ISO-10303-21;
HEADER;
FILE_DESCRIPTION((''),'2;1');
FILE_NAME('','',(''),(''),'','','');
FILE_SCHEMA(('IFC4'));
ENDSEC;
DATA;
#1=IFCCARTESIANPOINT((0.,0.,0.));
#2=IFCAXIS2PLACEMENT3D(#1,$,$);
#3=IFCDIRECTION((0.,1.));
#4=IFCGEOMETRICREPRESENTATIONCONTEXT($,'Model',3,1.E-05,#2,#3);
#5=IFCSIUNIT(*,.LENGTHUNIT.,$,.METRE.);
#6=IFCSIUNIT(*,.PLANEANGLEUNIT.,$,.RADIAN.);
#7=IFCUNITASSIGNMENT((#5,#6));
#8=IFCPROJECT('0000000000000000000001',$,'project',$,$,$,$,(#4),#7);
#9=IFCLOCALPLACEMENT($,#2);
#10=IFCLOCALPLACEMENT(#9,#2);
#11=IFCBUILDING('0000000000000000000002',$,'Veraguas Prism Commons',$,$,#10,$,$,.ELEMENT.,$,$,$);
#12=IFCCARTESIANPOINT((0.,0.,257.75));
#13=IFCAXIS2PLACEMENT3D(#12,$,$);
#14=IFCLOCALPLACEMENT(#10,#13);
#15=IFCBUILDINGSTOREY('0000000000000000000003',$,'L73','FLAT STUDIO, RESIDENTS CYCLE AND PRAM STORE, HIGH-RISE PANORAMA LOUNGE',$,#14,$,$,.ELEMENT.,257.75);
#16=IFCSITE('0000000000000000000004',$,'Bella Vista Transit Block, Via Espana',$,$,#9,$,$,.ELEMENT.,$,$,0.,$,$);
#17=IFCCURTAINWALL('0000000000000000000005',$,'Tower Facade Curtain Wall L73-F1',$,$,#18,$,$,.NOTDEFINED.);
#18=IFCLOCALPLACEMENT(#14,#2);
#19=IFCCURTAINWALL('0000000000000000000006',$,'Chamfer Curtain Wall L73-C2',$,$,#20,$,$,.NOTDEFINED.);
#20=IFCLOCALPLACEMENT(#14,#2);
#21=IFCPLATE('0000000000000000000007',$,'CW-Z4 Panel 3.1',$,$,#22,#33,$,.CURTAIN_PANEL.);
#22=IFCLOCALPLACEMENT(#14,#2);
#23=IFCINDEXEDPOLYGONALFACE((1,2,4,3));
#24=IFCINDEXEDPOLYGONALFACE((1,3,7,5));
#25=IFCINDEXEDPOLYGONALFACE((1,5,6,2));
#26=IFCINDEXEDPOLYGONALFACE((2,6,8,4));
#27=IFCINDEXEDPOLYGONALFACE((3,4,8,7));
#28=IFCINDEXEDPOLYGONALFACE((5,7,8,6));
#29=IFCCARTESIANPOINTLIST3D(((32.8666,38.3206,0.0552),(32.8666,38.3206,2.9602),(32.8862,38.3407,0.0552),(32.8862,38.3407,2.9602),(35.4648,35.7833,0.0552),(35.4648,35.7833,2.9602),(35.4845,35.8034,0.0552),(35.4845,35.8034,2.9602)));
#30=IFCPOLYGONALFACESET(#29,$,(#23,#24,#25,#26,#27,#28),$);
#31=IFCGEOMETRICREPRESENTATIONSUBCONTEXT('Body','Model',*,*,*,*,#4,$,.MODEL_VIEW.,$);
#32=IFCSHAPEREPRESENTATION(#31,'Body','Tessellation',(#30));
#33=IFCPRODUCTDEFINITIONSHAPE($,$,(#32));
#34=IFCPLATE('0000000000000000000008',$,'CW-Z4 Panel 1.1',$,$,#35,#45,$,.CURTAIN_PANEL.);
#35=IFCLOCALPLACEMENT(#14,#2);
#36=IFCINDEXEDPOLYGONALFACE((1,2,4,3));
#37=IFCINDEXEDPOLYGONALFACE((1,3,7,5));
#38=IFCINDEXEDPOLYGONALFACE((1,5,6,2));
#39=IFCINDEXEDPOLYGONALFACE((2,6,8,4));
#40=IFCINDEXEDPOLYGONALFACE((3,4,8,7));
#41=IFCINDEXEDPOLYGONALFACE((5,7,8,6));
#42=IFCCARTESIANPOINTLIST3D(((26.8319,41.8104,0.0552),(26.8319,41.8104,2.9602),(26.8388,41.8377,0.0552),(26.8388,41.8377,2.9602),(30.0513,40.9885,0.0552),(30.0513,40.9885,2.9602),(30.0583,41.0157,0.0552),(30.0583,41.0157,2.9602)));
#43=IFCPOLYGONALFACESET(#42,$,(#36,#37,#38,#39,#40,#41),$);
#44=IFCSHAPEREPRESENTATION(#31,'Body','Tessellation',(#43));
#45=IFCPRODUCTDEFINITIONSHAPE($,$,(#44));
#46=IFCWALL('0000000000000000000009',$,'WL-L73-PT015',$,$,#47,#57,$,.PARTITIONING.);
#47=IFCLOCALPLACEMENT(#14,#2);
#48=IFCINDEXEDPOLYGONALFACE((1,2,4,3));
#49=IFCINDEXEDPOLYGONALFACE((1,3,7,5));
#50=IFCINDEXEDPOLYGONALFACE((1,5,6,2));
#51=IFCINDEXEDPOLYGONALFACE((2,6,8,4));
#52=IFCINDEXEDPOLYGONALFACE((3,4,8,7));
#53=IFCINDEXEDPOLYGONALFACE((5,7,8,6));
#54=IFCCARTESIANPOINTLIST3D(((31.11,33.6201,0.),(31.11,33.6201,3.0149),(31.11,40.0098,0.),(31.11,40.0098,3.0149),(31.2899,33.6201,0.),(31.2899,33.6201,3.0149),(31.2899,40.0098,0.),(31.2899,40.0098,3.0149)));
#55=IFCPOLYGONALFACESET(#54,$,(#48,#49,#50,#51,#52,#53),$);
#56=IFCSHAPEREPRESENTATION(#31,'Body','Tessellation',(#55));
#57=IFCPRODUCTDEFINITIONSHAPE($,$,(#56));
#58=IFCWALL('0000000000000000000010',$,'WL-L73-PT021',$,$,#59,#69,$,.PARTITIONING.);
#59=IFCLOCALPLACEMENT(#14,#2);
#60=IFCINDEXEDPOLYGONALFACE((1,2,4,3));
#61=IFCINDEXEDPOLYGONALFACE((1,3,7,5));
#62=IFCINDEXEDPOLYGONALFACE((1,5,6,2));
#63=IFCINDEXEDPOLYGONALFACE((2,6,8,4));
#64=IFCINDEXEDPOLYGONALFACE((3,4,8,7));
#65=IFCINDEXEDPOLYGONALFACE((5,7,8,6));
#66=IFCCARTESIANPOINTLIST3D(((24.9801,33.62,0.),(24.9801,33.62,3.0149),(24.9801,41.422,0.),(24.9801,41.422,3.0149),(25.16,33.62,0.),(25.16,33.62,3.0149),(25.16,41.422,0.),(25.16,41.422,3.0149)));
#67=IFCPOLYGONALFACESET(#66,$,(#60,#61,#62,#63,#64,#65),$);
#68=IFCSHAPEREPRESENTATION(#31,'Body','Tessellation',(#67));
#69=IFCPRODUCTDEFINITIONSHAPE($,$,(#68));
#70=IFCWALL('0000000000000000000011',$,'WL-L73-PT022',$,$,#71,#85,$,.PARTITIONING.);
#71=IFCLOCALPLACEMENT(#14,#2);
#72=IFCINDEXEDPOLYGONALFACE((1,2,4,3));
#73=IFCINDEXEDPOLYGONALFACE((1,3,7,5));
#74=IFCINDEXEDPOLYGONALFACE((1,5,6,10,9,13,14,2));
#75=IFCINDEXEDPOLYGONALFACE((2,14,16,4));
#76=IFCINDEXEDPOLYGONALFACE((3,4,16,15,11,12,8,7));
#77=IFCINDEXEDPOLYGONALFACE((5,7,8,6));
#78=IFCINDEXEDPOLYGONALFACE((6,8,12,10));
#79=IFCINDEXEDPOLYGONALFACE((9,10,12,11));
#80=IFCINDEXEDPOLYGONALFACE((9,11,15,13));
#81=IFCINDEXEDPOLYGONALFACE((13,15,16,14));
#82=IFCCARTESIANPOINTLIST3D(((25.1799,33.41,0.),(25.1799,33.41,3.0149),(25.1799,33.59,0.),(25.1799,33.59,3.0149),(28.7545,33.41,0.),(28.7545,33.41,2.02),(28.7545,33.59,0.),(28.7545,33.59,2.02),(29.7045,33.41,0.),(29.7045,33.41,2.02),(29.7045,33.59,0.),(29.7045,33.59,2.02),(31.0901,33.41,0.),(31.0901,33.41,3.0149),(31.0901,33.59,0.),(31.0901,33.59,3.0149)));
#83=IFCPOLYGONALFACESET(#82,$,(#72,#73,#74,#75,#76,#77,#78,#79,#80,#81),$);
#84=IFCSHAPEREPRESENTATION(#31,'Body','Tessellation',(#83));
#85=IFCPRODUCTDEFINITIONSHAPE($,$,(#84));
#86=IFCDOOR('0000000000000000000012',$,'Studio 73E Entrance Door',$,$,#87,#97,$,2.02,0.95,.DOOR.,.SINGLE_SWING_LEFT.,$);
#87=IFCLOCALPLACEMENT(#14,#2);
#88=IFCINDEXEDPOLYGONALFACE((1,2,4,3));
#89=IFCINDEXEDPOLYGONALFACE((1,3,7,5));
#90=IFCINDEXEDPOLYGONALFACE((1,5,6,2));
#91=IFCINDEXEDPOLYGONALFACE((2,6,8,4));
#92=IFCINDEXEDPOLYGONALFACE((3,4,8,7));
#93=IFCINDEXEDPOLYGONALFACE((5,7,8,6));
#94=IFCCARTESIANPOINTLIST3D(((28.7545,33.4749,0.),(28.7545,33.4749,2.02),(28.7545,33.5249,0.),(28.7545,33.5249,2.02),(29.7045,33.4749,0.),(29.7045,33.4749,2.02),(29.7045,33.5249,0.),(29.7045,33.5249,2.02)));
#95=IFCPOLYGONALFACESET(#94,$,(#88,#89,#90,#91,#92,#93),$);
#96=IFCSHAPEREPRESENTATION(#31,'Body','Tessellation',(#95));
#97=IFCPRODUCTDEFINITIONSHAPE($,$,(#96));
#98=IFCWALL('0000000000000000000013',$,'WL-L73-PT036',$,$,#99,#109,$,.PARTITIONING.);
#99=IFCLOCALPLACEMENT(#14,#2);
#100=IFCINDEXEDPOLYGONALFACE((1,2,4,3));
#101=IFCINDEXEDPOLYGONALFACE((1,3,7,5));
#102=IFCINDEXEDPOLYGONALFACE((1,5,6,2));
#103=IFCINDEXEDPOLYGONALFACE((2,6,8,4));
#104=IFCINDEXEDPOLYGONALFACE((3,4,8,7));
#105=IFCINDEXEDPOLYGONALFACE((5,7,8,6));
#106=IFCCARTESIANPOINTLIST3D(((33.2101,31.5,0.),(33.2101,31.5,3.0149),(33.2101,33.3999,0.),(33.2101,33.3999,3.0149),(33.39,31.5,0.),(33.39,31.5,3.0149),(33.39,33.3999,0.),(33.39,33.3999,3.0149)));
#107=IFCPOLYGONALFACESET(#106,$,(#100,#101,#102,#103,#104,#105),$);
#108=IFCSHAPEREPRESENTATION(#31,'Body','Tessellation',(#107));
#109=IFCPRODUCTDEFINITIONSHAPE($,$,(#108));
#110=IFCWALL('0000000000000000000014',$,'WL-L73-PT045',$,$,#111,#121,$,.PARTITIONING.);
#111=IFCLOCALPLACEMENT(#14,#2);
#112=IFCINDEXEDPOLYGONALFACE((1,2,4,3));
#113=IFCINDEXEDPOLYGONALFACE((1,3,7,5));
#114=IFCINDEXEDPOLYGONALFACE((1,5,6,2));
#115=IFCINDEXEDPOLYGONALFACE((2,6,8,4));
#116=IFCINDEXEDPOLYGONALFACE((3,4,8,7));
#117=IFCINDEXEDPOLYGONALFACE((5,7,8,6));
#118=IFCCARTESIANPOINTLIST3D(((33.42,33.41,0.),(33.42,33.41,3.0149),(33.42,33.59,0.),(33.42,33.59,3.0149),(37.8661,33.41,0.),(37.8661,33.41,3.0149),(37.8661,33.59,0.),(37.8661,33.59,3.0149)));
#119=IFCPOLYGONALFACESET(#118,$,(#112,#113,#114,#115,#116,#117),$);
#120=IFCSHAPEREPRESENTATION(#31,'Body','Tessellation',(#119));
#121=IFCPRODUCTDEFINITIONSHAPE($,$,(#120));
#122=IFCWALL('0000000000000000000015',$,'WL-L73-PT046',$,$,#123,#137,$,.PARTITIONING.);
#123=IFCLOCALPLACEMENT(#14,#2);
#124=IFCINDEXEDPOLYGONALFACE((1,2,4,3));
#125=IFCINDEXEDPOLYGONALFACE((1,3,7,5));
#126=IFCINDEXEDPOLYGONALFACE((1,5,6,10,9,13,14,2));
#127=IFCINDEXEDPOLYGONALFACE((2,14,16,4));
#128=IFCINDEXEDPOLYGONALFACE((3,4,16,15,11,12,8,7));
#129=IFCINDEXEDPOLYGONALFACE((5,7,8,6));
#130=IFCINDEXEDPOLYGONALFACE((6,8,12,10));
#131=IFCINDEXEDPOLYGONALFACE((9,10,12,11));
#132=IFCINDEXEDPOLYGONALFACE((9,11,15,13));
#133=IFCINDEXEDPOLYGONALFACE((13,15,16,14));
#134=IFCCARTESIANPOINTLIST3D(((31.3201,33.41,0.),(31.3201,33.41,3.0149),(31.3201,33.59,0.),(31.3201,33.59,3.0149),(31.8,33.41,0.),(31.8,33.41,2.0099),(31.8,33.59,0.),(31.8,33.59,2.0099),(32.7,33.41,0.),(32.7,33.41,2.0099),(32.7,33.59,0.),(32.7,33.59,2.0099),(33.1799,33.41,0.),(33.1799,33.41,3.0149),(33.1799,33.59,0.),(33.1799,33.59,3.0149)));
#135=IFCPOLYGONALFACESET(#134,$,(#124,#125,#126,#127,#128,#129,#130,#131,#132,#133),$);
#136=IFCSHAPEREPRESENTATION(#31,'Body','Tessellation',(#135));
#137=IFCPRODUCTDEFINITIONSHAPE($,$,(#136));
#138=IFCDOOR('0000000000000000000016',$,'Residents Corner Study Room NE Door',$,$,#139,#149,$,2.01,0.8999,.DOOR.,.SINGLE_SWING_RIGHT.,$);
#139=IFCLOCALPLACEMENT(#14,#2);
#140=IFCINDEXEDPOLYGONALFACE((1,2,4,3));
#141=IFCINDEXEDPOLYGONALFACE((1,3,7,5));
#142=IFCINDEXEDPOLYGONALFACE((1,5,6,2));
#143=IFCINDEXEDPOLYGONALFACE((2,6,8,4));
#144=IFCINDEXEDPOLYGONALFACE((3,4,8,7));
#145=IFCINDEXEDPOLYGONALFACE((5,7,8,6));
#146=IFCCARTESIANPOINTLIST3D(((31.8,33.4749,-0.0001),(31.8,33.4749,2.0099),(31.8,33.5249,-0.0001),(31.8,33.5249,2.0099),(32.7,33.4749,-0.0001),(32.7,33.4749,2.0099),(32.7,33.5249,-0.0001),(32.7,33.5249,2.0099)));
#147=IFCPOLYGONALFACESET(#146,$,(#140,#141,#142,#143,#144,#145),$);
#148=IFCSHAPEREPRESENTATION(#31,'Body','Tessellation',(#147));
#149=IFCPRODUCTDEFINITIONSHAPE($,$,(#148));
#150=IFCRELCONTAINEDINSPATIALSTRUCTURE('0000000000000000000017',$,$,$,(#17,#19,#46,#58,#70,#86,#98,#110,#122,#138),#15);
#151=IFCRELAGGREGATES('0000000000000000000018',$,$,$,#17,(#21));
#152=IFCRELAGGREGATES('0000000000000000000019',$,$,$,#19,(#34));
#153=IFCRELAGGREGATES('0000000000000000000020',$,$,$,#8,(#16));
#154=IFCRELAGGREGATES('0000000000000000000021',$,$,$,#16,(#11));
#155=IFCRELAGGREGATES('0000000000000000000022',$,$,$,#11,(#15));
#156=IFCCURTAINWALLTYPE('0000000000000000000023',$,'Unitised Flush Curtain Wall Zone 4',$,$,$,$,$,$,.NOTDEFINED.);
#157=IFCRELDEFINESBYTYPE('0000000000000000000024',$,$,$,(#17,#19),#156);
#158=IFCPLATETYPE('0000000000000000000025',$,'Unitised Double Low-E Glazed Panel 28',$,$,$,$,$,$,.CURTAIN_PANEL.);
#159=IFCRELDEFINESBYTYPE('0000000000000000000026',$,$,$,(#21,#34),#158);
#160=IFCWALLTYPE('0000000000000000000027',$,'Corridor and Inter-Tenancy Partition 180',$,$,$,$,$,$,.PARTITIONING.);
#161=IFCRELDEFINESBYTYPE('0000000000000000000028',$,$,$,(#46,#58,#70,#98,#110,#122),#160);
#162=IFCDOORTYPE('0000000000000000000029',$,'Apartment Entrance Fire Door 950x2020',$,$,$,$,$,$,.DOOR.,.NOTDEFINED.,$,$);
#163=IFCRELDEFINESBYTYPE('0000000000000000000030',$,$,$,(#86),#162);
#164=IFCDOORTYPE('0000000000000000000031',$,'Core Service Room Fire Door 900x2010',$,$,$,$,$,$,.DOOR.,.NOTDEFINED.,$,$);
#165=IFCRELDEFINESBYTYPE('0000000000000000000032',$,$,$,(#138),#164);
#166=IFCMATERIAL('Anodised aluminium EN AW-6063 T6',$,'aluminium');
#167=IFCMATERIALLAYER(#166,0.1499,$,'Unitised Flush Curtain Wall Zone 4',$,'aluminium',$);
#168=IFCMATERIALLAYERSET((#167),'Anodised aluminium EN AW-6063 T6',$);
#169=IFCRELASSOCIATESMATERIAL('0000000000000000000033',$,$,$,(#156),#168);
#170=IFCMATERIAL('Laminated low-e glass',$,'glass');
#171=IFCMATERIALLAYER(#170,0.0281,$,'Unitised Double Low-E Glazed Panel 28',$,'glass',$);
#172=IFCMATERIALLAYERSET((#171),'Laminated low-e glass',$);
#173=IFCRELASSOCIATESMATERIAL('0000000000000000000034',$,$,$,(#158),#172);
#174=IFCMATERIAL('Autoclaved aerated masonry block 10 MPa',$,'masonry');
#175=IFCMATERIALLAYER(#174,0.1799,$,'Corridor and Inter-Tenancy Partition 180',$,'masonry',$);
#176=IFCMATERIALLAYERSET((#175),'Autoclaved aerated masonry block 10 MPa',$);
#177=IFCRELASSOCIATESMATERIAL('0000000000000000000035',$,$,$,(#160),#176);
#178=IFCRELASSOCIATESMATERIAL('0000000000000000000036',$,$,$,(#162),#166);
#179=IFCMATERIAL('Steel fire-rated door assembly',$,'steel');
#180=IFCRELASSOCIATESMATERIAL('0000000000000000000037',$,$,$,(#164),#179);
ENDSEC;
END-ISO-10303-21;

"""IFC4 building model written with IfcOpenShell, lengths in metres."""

from ifc_helpers import new_model, si_unit, direction, frame, frame_2d, origin, origin_2d, place, context, subcontext, project, spatial, rectangle, extrude, source, transform, mapped, material, layer, layer_set, type_object, element, fill, aggregate, save


model = new_model("IFC4")

# Units and contexts
model_context = context("Model", 3, precision=1e-05, world=origin(), true_north=direction((0.0, 1.0)))
body_context = subcontext(model_context, "Body", "Model", "MODEL_VIEW")
ifc_project = project(units=[si_unit("LENGTHUNIT", "METRE"), si_unit("PLANEANGLEUNIT", "RADIAN")], contexts=[model_context])

# Site, building, storey
site_placement = place(None, origin())
site = spatial("IfcSite", under=ifc_project, at=site_placement, Name="Bella Vista Transit Block, Via Espana", CompositionType="ELEMENT", RefElevation=0.0)
building_placement = place(site_placement, origin())
building = spatial("IfcBuilding", under=site, at=building_placement, Name="Veraguas Prism Commons", CompositionType="ELEMENT")
storey_placement = place(building_placement, frame((0.0, 0.0, 257.75)))
storey = spatial("IfcBuildingStorey", under=building, at=storey_placement, Name="L73", Description="FLAT STUDIO, RESIDENTS CYCLE AND PRAM STORE, HIGH-RISE PANORAMA LOUNGE", CompositionType="ELEMENT", Elevation=257.75)

# Curtain wall
ifc_material_1 = material(Name="Anodised aluminium EN AW-6063 T6", Category="aluminium")
ifc_layer_1 = layer(ifc_material_1, 0.1499, Name="Unitised Flush Curtain Wall Zone 4", Category="aluminium")
ifc_layer_set_1 = layer_set([ifc_layer_1], Name="Anodised aluminium EN AW-6063 T6")
curtain_wall_type = type_object("IfcCurtainWallType", Name="Unitised Flush Curtain Wall Zone 4", PredefinedType="NOTDEFINED", material=ifc_layer_set_1)
curtain_wall_1_placement = place(storey_placement, origin())
curtain_wall_1 = element("IfcCurtainWall", 1, at=curtain_wall_1_placement, inside=storey, type_object=curtain_wall_type, Name="Tower Facade Curtain Wall L73-F1", PredefinedType="NOTDEFINED")

# Curtain wall
curtain_wall_2_placement = place(storey_placement, origin())
curtain_wall_2 = element("IfcCurtainWall", 2, at=curtain_wall_2_placement, inside=storey, type_object=curtain_wall_type, Name="Chamfer Curtain Wall L73-C2", PredefinedType="NOTDEFINED")

# Plates
ifc_material_2 = material(Name="Laminated low-e glass", Category="glass")
ifc_layer_2 = layer(ifc_material_2, 0.0281, Name="Unitised Double Low-E Glazed Panel 28", Category="glass")
ifc_layer_set_2 = layer_set([ifc_layer_2], Name="Laminated low-e glass")
plate_type = type_object("IfcPlateType", Name="Unitised Double Low-E Glazed Panel 28", PredefinedType="CURTAIN_PANEL", material=ifc_layer_set_2)
shared_shape_1 = source(origin(), body_context, "Body", "SweptSolid", [
    extrude(rectangle(XDim=3.6316, YDim=0.0281, at=origin_2d()), origin(), (0.0, 0.0, 1.0), 2.905),
])
plate_1_placement = place(storey_placement, frame((34.1755, 37.062, 0.0552), z_axis=(0.0, 0.0, 1.0), x_axis=(-0.715448, 0.698666, 0.0)))
plate_1 = element("IfcPlate", 3, at=plate_1_placement, type_object=plate_type, Name="CW-Z4 Panel 3.1", PredefinedType="CURTAIN_PANEL", context=body_context, shape_type="MappedRepresentation", body=[
    mapped(shared_shape_1, transform((0.0, 0.0, 0.0), scale=1.0)),
])
aggregate(curtain_wall_1, [plate_1])
shared_shape_2 = source(origin(), body_context, "Body", "SweptSolid", [
    extrude(rectangle(XDim=3.3228, YDim=0.0281, at=origin_2d()), origin(), (0.0, 0.0, 1.0), 2.905),
])
plate_2_placement = place(storey_placement, frame((28.4451, 41.4131, 0.0552), z_axis=(0.0, 0.0, 1.0), x_axis=(-0.968923, 0.247364, 0.0)))
plate_2 = element("IfcPlate", 4, at=plate_2_placement, type_object=plate_type, Name="CW-Z4 Panel 1.1", PredefinedType="CURTAIN_PANEL", context=body_context, shape_type="MappedRepresentation", body=[
    mapped(shared_shape_2, transform((0.0, 0.0, 0.0), scale=1.0)),
])
aggregate(curtain_wall_2, [plate_2])

# Walls
ifc_material_3 = material(Name="Autoclaved aerated masonry block 10 MPa", Category="masonry")
ifc_layer_3 = layer(ifc_material_3, 0.1799, Name="Corridor and Inter-Tenancy Partition 180", Category="masonry")
ifc_layer_set_3 = layer_set([ifc_layer_3], Name="Autoclaved aerated masonry block 10 MPa")
wall_type_1 = type_object("IfcWallType", Name="Corridor and Inter-Tenancy Partition 180", PredefinedType="PARTITIONING", material=ifc_layer_set_3)
wall_1_placement = place(storey_placement, frame((31.2, 33.6201, 0.0), z_axis=(0.0, 0.0, 1.0), x_axis=(0.0, 1.0, 0.0)))
element("IfcWall", 5, at=wall_1_placement, inside=storey, type_object=wall_type_1, Name="WL-L73-PT015", PredefinedType="PARTITIONING", context=body_context, shape_type="SweptSolid", body=[
    extrude(rectangle(XDim=6.3896, YDim=0.1799, at=frame_2d((3.1948, 0.0))), origin(), (0.0, 0.0, 1.0), 3.0149),
])
wall_2_placement = place(storey_placement, frame((25.0701, 33.6201, 0.0), z_axis=(0.0, 0.0, 1.0), x_axis=(0.0, 1.0, 0.0)))
element("IfcWall", 6, at=wall_2_placement, inside=storey, type_object=wall_type_1, Name="WL-L73-PT021", PredefinedType="PARTITIONING", context=body_context, shape_type="SweptSolid", body=[
    extrude(rectangle(XDim=7.802, YDim=0.1799, at=frame_2d((3.9009, 0.0))), origin(), (0.0, 0.0, 1.0), 3.0149),
])

# Wall, opening, door
wall_3_placement = place(storey_placement, frame((25.1799, 33.5, 0.0), z_axis=(0.0, 0.0, 1.0), x_axis=(1.0, 0.0, 0.0)))
wall_3 = element("IfcWall", 7, at=wall_3_placement, inside=storey, type_object=wall_type_1, Name="WL-L73-PT022", PredefinedType="PARTITIONING", context=body_context, shape_type="SweptSolid", body=[
    extrude(rectangle(XDim=5.9102, YDim=0.1799, at=frame_2d((2.9551, 0.0))), origin(), (0.0, 0.0, 1.0), 3.0149),
])
opening_1_placement = place(wall_3_placement, frame((3.5745, 0.0, 0.0)))
opening_1 = element("IfcOpeningElement", 8, at=opening_1_placement, cuts=wall_3, PredefinedType="OPENING", context=body_context, shape_type="SweptSolid", body=[
    extrude(rectangle(XDim=0.95, YDim=2.02, at=frame_2d((0.4751, 1.01))), frame((0.0, 0.0999, 0.0), z_axis=(0.0, -1.0, 0.0), x_axis=(1.0, 0.0, 0.0)), (0.0, 0.0, 1.0), 0.2),
])
door_type_1 = type_object("IfcDoorType", Name="Apartment Entrance Fire Door 950x2020", OperationType="NOTDEFINED", PredefinedType="DOOR", material=ifc_material_1)
shared_shape_3 = source(origin(), body_context, "Body", "SweptSolid", [
    extrude(rectangle(XDim=0.95, YDim=2.02, at=frame_2d((0.4751, 1.01))), frame((0.0, 0.0249, 0.0), z_axis=(0.0, -1.0, 0.0), x_axis=(1.0, 0.0, 0.0)), (0.0, 0.0, 1.0), 0.05),
])
door_1_placement = place(opening_1_placement, origin())
door_1 = element("IfcDoor", 9, at=door_1_placement, inside=storey, type_object=door_type_1, Name="Studio 73E Entrance Door", OperationType="SINGLE_SWING_LEFT", OverallHeight=2.02, OverallWidth=0.95, PredefinedType="DOOR", context=body_context, shape_type="MappedRepresentation", body=[
    mapped(shared_shape_3, transform((0.0, 0.0, 0.0), scale=1.0)),
])
fill(opening_1, door_1)

# Walls
wall_4_placement = place(storey_placement, frame((33.3, 31.5, 0.0), z_axis=(0.0, 0.0, 1.0), x_axis=(0.0, 1.0, 0.0)))
element("IfcWall", 10, at=wall_4_placement, inside=storey, type_object=wall_type_1, Name="WL-L73-PT036", PredefinedType="PARTITIONING", context=body_context, shape_type="SweptSolid", body=[
    extrude(rectangle(XDim=1.8999, YDim=0.1799, at=frame_2d((0.95, 0.0))), origin(), (0.0, 0.0, 1.0), 3.0149),
])
wall_5_placement = place(storey_placement, frame((33.4199, 33.5, 0.0), z_axis=(0.0, 0.0, 1.0), x_axis=(1.0, 0.0, 0.0)))
element("IfcWall", 11, at=wall_5_placement, inside=storey, type_object=wall_type_1, Name="WL-L73-PT045", PredefinedType="PARTITIONING", context=body_context, shape_type="SweptSolid", body=[
    extrude(rectangle(XDim=4.446, YDim=0.1799, at=frame_2d((2.2231, 0.0))), origin(), (0.0, 0.0, 1.0), 3.0149),
])

# Wall, opening, door
wall_6_placement = place(storey_placement, frame((31.3201, 33.5, 0.0), z_axis=(0.0, 0.0, 1.0), x_axis=(1.0, 0.0, 0.0)))
wall_6 = element("IfcWall", 12, at=wall_6_placement, inside=storey, type_object=wall_type_1, Name="WL-L73-PT046", PredefinedType="PARTITIONING", context=body_context, shape_type="SweptSolid", body=[
    extrude(rectangle(XDim=1.8599, YDim=0.1799, at=frame_2d((0.9299, 0.0))), origin(), (0.0, 0.0, 1.0), 3.0149),
])
opening_2_placement = place(wall_6_placement, frame((0.48, 0.0, 0.0)))
opening_2 = element("IfcOpeningElement", 13, at=opening_2_placement, cuts=wall_6, PredefinedType="OPENING", context=body_context, shape_type="SweptSolid", body=[
    extrude(rectangle(XDim=0.8999, YDim=2.01, at=frame_2d((0.45, 1.0049))), frame((0.0, 0.0999, 0.0), z_axis=(0.0, -1.0, 0.0), x_axis=(1.0, 0.0, 0.0)), (0.0, 0.0, 1.0), 0.2),
])
ifc_material_4 = material(Name="Steel fire-rated door assembly", Category="steel")
door_type_2 = type_object("IfcDoorType", Name="Core Service Room Fire Door 900x2010", OperationType="NOTDEFINED", PredefinedType="DOOR", material=ifc_material_4)
shared_shape_4 = source(origin(), body_context, "Body", "SweptSolid", [
    extrude(rectangle(XDim=0.8999, YDim=2.01, at=frame_2d((0.45, 1.0049))), frame((0.0, 0.0249, 0.0), z_axis=(0.0, -1.0, 0.0), x_axis=(1.0, 0.0, 0.0)), (0.0, 0.0, 1.0), 0.05),
])
door_2_placement = place(opening_2_placement, origin())
door_2 = element("IfcDoor", 14, at=door_2_placement, inside=storey, type_object=door_type_2, Name="Residents Corner Study Room NE Door", OperationType="SINGLE_SWING_RIGHT", OverallHeight=2.01, OverallWidth=0.8999, PredefinedType="DOOR", context=body_context, shape_type="MappedRepresentation", body=[
    mapped(shared_shape_4, transform((0.0, 0.0, 0.0), scale=1.0)),
])
fill(opening_2, door_2)

save(model, "model.ifc")
